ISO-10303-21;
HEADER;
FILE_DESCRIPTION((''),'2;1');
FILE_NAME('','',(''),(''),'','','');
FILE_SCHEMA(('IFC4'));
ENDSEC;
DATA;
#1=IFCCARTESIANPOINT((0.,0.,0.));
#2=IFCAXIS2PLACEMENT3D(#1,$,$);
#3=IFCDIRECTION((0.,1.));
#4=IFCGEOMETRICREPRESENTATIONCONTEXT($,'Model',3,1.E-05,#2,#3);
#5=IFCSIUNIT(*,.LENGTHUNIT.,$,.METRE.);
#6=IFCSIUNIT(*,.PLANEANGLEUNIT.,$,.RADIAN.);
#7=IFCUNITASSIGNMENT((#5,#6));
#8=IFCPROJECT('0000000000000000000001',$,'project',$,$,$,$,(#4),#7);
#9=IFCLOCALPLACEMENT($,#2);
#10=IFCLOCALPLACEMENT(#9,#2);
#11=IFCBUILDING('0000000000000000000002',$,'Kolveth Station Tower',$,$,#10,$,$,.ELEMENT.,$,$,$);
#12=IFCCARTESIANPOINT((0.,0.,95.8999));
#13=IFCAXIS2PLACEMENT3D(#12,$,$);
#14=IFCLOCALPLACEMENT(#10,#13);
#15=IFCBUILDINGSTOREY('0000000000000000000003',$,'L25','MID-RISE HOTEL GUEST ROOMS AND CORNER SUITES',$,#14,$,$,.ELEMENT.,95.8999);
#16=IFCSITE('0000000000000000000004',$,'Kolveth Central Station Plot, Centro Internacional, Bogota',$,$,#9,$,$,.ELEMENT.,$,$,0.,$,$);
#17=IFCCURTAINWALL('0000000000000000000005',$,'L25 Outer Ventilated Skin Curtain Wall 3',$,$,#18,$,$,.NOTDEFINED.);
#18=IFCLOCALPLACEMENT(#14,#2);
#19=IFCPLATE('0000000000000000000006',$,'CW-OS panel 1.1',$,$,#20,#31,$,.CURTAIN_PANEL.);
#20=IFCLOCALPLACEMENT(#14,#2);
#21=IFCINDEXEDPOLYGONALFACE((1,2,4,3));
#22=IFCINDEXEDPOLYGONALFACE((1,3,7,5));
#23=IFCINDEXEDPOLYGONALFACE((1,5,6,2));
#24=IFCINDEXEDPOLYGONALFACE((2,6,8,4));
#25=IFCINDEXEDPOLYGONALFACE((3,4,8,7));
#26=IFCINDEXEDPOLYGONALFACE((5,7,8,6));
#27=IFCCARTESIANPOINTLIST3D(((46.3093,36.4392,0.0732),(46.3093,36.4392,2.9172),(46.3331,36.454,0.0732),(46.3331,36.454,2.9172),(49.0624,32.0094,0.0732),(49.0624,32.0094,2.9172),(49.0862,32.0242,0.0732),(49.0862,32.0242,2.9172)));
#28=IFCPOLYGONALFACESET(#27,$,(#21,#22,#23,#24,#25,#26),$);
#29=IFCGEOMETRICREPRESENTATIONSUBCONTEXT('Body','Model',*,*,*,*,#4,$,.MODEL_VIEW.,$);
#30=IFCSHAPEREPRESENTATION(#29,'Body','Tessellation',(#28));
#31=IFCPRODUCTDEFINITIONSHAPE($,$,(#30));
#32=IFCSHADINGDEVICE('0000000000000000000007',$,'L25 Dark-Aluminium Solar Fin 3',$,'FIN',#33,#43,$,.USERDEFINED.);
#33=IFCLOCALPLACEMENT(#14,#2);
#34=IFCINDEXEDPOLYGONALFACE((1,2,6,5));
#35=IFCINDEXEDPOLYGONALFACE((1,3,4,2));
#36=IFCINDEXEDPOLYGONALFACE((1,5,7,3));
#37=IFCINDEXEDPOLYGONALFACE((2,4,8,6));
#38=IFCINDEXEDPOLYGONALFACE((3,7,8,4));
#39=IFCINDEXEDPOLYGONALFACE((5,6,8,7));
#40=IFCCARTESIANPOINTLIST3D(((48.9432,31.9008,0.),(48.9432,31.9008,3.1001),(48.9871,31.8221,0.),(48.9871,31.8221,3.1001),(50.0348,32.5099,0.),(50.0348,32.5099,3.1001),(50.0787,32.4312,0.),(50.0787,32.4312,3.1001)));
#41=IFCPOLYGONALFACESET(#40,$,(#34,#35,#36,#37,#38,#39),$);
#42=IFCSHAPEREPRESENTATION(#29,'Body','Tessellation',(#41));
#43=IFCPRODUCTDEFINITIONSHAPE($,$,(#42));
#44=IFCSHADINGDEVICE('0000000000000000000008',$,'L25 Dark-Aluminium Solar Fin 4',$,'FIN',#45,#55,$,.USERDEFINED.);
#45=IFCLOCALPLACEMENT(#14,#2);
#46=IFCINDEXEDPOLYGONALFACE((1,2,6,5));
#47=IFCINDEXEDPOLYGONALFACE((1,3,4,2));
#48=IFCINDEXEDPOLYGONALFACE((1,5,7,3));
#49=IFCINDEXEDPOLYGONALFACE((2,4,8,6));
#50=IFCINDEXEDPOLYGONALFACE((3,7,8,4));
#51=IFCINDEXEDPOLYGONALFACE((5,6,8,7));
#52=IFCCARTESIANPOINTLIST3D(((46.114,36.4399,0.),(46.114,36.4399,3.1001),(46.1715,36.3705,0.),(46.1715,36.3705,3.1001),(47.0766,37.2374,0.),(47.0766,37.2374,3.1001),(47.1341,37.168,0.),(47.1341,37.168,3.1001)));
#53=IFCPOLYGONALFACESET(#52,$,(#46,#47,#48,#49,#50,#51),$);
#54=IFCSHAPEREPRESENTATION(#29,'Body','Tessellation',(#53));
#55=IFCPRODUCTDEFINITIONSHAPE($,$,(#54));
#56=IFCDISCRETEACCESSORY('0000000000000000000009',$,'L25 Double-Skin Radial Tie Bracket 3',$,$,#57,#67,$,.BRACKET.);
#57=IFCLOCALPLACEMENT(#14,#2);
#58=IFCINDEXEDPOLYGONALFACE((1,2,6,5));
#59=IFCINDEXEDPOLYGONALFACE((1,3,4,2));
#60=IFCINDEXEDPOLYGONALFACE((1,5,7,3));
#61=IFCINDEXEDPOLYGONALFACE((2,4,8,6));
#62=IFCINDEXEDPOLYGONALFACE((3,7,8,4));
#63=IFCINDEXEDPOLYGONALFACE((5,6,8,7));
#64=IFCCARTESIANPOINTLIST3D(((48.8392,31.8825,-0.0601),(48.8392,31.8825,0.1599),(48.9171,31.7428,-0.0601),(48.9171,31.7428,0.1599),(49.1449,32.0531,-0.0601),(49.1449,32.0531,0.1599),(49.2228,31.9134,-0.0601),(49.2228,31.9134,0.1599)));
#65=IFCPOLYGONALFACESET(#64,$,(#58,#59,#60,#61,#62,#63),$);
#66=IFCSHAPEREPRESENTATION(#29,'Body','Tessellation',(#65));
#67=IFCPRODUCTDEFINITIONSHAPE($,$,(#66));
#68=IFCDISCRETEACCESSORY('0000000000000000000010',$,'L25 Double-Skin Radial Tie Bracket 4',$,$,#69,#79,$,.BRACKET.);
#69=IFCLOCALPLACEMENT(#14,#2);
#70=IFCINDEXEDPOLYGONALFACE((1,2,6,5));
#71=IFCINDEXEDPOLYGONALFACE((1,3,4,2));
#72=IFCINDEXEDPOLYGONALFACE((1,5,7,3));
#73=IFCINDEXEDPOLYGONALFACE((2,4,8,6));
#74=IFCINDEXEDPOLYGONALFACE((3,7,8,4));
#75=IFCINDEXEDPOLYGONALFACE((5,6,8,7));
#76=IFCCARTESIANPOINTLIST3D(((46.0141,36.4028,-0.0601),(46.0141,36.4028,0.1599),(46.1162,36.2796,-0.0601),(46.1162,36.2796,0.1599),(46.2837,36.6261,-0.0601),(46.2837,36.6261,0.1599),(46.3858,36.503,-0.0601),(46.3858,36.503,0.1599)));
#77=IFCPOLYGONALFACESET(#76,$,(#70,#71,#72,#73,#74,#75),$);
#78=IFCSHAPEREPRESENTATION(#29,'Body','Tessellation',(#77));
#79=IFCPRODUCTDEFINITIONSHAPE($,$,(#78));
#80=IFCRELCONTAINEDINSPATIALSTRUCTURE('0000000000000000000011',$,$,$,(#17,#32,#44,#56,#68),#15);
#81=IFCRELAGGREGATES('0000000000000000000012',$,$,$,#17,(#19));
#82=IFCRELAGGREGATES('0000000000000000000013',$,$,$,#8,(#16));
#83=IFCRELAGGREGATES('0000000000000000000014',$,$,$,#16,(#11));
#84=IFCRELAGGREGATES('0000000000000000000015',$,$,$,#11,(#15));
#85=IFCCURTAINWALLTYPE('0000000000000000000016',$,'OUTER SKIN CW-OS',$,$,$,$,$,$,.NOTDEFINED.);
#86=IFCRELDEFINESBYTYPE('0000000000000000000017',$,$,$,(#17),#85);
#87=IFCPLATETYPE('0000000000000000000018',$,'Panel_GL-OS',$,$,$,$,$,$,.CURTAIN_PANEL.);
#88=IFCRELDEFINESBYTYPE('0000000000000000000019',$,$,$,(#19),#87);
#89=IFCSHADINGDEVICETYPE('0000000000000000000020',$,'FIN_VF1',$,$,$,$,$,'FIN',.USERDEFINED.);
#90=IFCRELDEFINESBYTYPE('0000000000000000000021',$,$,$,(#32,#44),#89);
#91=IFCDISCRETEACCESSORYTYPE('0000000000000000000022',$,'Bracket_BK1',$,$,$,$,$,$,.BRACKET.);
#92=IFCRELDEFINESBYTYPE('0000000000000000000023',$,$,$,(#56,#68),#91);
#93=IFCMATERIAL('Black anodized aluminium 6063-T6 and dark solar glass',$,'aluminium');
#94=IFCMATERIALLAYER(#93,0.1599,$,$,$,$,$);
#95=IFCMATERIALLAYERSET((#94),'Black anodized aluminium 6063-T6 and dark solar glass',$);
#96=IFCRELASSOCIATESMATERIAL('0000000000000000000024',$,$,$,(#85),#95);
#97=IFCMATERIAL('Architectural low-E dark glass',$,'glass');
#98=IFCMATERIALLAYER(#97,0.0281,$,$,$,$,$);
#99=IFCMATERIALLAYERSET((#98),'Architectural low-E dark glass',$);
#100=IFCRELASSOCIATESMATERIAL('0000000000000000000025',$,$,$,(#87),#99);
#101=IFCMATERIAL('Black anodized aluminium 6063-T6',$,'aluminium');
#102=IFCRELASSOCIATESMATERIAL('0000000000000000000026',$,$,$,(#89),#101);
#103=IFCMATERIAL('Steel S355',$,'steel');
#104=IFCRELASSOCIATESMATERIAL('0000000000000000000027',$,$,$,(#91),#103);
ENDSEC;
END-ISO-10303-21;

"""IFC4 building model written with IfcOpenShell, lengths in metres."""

from ifc_helpers import new_model, si_unit, direction, frame, origin, origin_2d, place, context, subcontext, project, spatial, rectangle, extrude, source, transform, mapped, material, layer, layer_set, type_object, element, aggregate, save


model = new_model("IFC4")

# Units and contexts
model_context = context("Model", 3, precision=1e-05, world=origin(), true_north=direction((0.0, 1.0)))
body_context = subcontext(model_context, "Body", "Model", "MODEL_VIEW")
ifc_project = project(units=[si_unit("LENGTHUNIT", "METRE"), si_unit("PLANEANGLEUNIT", "RADIAN")], contexts=[model_context])

# Site, building, storey
site_placement = place(None, origin())
site = spatial("IfcSite", under=ifc_project, at=site_placement, Name="Kolveth Central Station Plot, Centro Internacional, Bogota", CompositionType="ELEMENT", RefElevation=0.0)
building_placement = place(site_placement, origin())
building = spatial("IfcBuilding", under=site, at=building_placement, Name="Kolveth Station Tower", CompositionType="ELEMENT")
storey_placement = place(building_placement, frame((0.0, 0.0, 95.8999)))
storey = spatial("IfcBuildingStorey", under=building, at=storey_placement, Name="L25", Description="MID-RISE HOTEL GUEST ROOMS AND CORNER SUITES", CompositionType="ELEMENT", Elevation=95.8999)

# Shared definitions
ifc_material_1 = material(Name="Black anodized aluminium 6063-T6", Category="aluminium")

# Shared definitions
ifc_material_2 = material(Name="Black anodized aluminium 6063-T6 and dark solar glass", Category="aluminium")
ifc_layer_1 = layer(ifc_material_2, 0.1599)
ifc_layer_set_1 = layer_set([ifc_layer_1], Name="Black anodized aluminium 6063-T6 and dark solar glass")
curtain_wall_type_1 = type_object("IfcCurtainWallType", Name="OUTER SKIN CW-OS", PredefinedType="NOTDEFINED", material=ifc_layer_set_1)

# Curtain wall
curtain_wall_1_placement = place(storey_placement, origin())
curtain_wall_1 = element("IfcCurtainWall", 1, at=curtain_wall_1_placement, inside=storey, type_object=curtain_wall_type_1, Name="L25 Outer Ventilated Skin Curtain Wall 3", PredefinedType="NOTDEFINED")

# Plate
ifc_material_3 = material(Name="Architectural low-E dark glass", Category="glass")
ifc_layer_2 = layer(ifc_material_3, 0.0281)
ifc_layer_set_2 = layer_set([ifc_layer_2], Name="Architectural low-E dark glass")
plate_type_1 = type_object("IfcPlateType", Name="Panel_GL-OS", PredefinedType="CURTAIN_PANEL", material=ifc_layer_set_2)
shared_shape_1 = source(origin(), body_context, "Body", "SweptSolid", [
    extrude(rectangle(XDim=5.2156, YDim=0.0281, at=origin_2d()), origin(), (0.0, 0.0, 1.0), 2.844),
])
plate_1_placement = place(storey_placement, frame((47.6978, 34.2317, 0.0732), z_axis=(0.0, 0.0, 1.0), x_axis=(-0.527853, 0.849336, 0.0)))
plate_1 = element("IfcPlate", 2, at=plate_1_placement, type_object=plate_type_1, Name="CW-OS panel 1.1", PredefinedType="CURTAIN_PANEL", context=body_context, shape_type="MappedRepresentation", body=[
    mapped(shared_shape_1, transform((0.0, 0.0, 0.0), x_axis=(1.0, 0.0, 0.0), y_axis=(0.0, 1.0, 0.0), z_axis=(0.0, 0.0, 1.0), scale=1.0)),
])
aggregate(curtain_wall_1, [plate_1])

# Shading devices
shading_device_type = type_object("IfcShadingDeviceType", Name="FIN_VF1", ElementType="FIN", PredefinedType="USERDEFINED", material=ifc_material_1)
shared_shape_2 = source(origin(), body_context, "Body", "SweptSolid", [
    extrude(rectangle(XDim=1.25, YDim=0.0901, at=origin_2d()), origin(), (0.0, 0.0, 1.0), 3.1001),
])
for number, where, z_axis, x_axis, name in (
    (3, (49.511, 32.166, 0.0), (0.0, 0.0, 1.0), (0.873262, 0.48725, 0.0), "L25 Dark-Aluminium Solar Fin 3"),
    (4, (46.624, 36.804, 0.0), (0.0, 0.0, 1.0), (0.770068, 0.637962, 0.0), "L25 Dark-Aluminium Solar Fin 4"),
):
    element("IfcShadingDevice", number, at=place(storey_placement, frame(where, z_axis=z_axis, x_axis=x_axis)), inside=storey, type_object=shading_device_type, Name=name, ObjectType="FIN", PredefinedType="USERDEFINED", context=body_context, shape_type="MappedRepresentation", body=[
        mapped(shared_shape_2, transform((0.0, 0.0, 0.0), x_axis=(1.0, 0.0, 0.0), y_axis=(0.0, 1.0, 0.0), z_axis=(0.0, 0.0, 1.0), scale=1.0)),
    ])

# Discrete accessories
ifc_material_4 = material(Name="Steel S355", Category="steel")
discrete_accessory_type = type_object("IfcDiscreteAccessoryType", Name="Bracket_BK1", PredefinedType="BRACKET", material=ifc_material_4)
shared_shape_3 = source(origin(), body_context, "Body", "SweptSolid", [
    extrude(rectangle(XDim=0.3501, YDim=0.1599, at=origin_2d()), origin(), (0.0, 0.0, 1.0), 0.22),
])
for number, where, z_axis, x_axis, name in (
    (5, (49.031, 31.8979, -0.0601), (0.0, 0.0, 1.0), (0.873262, 0.48725, 0.0), "L25 Double-Skin Radial Tie Bracket 3"),
    (6, (46.2, 36.4529, -0.0601), (0.0, 0.0, 1.0), (0.770068, 0.637962, 0.0), "L25 Double-Skin Radial Tie Bracket 4"),
):
    element("IfcDiscreteAccessory", number, at=place(storey_placement, frame(where, z_axis=z_axis, x_axis=x_axis)), inside=storey, type_object=discrete_accessory_type, Name=name, PredefinedType="BRACKET", context=body_context, shape_type="MappedRepresentation", body=[
        mapped(shared_shape_3, transform((0.0, 0.0, 0.0), x_axis=(1.0, 0.0, 0.0), y_axis=(0.0, 1.0, 0.0), z_axis=(0.0, 0.0, 1.0), scale=1.0)),
    ])

save(model, "model.ifc")
